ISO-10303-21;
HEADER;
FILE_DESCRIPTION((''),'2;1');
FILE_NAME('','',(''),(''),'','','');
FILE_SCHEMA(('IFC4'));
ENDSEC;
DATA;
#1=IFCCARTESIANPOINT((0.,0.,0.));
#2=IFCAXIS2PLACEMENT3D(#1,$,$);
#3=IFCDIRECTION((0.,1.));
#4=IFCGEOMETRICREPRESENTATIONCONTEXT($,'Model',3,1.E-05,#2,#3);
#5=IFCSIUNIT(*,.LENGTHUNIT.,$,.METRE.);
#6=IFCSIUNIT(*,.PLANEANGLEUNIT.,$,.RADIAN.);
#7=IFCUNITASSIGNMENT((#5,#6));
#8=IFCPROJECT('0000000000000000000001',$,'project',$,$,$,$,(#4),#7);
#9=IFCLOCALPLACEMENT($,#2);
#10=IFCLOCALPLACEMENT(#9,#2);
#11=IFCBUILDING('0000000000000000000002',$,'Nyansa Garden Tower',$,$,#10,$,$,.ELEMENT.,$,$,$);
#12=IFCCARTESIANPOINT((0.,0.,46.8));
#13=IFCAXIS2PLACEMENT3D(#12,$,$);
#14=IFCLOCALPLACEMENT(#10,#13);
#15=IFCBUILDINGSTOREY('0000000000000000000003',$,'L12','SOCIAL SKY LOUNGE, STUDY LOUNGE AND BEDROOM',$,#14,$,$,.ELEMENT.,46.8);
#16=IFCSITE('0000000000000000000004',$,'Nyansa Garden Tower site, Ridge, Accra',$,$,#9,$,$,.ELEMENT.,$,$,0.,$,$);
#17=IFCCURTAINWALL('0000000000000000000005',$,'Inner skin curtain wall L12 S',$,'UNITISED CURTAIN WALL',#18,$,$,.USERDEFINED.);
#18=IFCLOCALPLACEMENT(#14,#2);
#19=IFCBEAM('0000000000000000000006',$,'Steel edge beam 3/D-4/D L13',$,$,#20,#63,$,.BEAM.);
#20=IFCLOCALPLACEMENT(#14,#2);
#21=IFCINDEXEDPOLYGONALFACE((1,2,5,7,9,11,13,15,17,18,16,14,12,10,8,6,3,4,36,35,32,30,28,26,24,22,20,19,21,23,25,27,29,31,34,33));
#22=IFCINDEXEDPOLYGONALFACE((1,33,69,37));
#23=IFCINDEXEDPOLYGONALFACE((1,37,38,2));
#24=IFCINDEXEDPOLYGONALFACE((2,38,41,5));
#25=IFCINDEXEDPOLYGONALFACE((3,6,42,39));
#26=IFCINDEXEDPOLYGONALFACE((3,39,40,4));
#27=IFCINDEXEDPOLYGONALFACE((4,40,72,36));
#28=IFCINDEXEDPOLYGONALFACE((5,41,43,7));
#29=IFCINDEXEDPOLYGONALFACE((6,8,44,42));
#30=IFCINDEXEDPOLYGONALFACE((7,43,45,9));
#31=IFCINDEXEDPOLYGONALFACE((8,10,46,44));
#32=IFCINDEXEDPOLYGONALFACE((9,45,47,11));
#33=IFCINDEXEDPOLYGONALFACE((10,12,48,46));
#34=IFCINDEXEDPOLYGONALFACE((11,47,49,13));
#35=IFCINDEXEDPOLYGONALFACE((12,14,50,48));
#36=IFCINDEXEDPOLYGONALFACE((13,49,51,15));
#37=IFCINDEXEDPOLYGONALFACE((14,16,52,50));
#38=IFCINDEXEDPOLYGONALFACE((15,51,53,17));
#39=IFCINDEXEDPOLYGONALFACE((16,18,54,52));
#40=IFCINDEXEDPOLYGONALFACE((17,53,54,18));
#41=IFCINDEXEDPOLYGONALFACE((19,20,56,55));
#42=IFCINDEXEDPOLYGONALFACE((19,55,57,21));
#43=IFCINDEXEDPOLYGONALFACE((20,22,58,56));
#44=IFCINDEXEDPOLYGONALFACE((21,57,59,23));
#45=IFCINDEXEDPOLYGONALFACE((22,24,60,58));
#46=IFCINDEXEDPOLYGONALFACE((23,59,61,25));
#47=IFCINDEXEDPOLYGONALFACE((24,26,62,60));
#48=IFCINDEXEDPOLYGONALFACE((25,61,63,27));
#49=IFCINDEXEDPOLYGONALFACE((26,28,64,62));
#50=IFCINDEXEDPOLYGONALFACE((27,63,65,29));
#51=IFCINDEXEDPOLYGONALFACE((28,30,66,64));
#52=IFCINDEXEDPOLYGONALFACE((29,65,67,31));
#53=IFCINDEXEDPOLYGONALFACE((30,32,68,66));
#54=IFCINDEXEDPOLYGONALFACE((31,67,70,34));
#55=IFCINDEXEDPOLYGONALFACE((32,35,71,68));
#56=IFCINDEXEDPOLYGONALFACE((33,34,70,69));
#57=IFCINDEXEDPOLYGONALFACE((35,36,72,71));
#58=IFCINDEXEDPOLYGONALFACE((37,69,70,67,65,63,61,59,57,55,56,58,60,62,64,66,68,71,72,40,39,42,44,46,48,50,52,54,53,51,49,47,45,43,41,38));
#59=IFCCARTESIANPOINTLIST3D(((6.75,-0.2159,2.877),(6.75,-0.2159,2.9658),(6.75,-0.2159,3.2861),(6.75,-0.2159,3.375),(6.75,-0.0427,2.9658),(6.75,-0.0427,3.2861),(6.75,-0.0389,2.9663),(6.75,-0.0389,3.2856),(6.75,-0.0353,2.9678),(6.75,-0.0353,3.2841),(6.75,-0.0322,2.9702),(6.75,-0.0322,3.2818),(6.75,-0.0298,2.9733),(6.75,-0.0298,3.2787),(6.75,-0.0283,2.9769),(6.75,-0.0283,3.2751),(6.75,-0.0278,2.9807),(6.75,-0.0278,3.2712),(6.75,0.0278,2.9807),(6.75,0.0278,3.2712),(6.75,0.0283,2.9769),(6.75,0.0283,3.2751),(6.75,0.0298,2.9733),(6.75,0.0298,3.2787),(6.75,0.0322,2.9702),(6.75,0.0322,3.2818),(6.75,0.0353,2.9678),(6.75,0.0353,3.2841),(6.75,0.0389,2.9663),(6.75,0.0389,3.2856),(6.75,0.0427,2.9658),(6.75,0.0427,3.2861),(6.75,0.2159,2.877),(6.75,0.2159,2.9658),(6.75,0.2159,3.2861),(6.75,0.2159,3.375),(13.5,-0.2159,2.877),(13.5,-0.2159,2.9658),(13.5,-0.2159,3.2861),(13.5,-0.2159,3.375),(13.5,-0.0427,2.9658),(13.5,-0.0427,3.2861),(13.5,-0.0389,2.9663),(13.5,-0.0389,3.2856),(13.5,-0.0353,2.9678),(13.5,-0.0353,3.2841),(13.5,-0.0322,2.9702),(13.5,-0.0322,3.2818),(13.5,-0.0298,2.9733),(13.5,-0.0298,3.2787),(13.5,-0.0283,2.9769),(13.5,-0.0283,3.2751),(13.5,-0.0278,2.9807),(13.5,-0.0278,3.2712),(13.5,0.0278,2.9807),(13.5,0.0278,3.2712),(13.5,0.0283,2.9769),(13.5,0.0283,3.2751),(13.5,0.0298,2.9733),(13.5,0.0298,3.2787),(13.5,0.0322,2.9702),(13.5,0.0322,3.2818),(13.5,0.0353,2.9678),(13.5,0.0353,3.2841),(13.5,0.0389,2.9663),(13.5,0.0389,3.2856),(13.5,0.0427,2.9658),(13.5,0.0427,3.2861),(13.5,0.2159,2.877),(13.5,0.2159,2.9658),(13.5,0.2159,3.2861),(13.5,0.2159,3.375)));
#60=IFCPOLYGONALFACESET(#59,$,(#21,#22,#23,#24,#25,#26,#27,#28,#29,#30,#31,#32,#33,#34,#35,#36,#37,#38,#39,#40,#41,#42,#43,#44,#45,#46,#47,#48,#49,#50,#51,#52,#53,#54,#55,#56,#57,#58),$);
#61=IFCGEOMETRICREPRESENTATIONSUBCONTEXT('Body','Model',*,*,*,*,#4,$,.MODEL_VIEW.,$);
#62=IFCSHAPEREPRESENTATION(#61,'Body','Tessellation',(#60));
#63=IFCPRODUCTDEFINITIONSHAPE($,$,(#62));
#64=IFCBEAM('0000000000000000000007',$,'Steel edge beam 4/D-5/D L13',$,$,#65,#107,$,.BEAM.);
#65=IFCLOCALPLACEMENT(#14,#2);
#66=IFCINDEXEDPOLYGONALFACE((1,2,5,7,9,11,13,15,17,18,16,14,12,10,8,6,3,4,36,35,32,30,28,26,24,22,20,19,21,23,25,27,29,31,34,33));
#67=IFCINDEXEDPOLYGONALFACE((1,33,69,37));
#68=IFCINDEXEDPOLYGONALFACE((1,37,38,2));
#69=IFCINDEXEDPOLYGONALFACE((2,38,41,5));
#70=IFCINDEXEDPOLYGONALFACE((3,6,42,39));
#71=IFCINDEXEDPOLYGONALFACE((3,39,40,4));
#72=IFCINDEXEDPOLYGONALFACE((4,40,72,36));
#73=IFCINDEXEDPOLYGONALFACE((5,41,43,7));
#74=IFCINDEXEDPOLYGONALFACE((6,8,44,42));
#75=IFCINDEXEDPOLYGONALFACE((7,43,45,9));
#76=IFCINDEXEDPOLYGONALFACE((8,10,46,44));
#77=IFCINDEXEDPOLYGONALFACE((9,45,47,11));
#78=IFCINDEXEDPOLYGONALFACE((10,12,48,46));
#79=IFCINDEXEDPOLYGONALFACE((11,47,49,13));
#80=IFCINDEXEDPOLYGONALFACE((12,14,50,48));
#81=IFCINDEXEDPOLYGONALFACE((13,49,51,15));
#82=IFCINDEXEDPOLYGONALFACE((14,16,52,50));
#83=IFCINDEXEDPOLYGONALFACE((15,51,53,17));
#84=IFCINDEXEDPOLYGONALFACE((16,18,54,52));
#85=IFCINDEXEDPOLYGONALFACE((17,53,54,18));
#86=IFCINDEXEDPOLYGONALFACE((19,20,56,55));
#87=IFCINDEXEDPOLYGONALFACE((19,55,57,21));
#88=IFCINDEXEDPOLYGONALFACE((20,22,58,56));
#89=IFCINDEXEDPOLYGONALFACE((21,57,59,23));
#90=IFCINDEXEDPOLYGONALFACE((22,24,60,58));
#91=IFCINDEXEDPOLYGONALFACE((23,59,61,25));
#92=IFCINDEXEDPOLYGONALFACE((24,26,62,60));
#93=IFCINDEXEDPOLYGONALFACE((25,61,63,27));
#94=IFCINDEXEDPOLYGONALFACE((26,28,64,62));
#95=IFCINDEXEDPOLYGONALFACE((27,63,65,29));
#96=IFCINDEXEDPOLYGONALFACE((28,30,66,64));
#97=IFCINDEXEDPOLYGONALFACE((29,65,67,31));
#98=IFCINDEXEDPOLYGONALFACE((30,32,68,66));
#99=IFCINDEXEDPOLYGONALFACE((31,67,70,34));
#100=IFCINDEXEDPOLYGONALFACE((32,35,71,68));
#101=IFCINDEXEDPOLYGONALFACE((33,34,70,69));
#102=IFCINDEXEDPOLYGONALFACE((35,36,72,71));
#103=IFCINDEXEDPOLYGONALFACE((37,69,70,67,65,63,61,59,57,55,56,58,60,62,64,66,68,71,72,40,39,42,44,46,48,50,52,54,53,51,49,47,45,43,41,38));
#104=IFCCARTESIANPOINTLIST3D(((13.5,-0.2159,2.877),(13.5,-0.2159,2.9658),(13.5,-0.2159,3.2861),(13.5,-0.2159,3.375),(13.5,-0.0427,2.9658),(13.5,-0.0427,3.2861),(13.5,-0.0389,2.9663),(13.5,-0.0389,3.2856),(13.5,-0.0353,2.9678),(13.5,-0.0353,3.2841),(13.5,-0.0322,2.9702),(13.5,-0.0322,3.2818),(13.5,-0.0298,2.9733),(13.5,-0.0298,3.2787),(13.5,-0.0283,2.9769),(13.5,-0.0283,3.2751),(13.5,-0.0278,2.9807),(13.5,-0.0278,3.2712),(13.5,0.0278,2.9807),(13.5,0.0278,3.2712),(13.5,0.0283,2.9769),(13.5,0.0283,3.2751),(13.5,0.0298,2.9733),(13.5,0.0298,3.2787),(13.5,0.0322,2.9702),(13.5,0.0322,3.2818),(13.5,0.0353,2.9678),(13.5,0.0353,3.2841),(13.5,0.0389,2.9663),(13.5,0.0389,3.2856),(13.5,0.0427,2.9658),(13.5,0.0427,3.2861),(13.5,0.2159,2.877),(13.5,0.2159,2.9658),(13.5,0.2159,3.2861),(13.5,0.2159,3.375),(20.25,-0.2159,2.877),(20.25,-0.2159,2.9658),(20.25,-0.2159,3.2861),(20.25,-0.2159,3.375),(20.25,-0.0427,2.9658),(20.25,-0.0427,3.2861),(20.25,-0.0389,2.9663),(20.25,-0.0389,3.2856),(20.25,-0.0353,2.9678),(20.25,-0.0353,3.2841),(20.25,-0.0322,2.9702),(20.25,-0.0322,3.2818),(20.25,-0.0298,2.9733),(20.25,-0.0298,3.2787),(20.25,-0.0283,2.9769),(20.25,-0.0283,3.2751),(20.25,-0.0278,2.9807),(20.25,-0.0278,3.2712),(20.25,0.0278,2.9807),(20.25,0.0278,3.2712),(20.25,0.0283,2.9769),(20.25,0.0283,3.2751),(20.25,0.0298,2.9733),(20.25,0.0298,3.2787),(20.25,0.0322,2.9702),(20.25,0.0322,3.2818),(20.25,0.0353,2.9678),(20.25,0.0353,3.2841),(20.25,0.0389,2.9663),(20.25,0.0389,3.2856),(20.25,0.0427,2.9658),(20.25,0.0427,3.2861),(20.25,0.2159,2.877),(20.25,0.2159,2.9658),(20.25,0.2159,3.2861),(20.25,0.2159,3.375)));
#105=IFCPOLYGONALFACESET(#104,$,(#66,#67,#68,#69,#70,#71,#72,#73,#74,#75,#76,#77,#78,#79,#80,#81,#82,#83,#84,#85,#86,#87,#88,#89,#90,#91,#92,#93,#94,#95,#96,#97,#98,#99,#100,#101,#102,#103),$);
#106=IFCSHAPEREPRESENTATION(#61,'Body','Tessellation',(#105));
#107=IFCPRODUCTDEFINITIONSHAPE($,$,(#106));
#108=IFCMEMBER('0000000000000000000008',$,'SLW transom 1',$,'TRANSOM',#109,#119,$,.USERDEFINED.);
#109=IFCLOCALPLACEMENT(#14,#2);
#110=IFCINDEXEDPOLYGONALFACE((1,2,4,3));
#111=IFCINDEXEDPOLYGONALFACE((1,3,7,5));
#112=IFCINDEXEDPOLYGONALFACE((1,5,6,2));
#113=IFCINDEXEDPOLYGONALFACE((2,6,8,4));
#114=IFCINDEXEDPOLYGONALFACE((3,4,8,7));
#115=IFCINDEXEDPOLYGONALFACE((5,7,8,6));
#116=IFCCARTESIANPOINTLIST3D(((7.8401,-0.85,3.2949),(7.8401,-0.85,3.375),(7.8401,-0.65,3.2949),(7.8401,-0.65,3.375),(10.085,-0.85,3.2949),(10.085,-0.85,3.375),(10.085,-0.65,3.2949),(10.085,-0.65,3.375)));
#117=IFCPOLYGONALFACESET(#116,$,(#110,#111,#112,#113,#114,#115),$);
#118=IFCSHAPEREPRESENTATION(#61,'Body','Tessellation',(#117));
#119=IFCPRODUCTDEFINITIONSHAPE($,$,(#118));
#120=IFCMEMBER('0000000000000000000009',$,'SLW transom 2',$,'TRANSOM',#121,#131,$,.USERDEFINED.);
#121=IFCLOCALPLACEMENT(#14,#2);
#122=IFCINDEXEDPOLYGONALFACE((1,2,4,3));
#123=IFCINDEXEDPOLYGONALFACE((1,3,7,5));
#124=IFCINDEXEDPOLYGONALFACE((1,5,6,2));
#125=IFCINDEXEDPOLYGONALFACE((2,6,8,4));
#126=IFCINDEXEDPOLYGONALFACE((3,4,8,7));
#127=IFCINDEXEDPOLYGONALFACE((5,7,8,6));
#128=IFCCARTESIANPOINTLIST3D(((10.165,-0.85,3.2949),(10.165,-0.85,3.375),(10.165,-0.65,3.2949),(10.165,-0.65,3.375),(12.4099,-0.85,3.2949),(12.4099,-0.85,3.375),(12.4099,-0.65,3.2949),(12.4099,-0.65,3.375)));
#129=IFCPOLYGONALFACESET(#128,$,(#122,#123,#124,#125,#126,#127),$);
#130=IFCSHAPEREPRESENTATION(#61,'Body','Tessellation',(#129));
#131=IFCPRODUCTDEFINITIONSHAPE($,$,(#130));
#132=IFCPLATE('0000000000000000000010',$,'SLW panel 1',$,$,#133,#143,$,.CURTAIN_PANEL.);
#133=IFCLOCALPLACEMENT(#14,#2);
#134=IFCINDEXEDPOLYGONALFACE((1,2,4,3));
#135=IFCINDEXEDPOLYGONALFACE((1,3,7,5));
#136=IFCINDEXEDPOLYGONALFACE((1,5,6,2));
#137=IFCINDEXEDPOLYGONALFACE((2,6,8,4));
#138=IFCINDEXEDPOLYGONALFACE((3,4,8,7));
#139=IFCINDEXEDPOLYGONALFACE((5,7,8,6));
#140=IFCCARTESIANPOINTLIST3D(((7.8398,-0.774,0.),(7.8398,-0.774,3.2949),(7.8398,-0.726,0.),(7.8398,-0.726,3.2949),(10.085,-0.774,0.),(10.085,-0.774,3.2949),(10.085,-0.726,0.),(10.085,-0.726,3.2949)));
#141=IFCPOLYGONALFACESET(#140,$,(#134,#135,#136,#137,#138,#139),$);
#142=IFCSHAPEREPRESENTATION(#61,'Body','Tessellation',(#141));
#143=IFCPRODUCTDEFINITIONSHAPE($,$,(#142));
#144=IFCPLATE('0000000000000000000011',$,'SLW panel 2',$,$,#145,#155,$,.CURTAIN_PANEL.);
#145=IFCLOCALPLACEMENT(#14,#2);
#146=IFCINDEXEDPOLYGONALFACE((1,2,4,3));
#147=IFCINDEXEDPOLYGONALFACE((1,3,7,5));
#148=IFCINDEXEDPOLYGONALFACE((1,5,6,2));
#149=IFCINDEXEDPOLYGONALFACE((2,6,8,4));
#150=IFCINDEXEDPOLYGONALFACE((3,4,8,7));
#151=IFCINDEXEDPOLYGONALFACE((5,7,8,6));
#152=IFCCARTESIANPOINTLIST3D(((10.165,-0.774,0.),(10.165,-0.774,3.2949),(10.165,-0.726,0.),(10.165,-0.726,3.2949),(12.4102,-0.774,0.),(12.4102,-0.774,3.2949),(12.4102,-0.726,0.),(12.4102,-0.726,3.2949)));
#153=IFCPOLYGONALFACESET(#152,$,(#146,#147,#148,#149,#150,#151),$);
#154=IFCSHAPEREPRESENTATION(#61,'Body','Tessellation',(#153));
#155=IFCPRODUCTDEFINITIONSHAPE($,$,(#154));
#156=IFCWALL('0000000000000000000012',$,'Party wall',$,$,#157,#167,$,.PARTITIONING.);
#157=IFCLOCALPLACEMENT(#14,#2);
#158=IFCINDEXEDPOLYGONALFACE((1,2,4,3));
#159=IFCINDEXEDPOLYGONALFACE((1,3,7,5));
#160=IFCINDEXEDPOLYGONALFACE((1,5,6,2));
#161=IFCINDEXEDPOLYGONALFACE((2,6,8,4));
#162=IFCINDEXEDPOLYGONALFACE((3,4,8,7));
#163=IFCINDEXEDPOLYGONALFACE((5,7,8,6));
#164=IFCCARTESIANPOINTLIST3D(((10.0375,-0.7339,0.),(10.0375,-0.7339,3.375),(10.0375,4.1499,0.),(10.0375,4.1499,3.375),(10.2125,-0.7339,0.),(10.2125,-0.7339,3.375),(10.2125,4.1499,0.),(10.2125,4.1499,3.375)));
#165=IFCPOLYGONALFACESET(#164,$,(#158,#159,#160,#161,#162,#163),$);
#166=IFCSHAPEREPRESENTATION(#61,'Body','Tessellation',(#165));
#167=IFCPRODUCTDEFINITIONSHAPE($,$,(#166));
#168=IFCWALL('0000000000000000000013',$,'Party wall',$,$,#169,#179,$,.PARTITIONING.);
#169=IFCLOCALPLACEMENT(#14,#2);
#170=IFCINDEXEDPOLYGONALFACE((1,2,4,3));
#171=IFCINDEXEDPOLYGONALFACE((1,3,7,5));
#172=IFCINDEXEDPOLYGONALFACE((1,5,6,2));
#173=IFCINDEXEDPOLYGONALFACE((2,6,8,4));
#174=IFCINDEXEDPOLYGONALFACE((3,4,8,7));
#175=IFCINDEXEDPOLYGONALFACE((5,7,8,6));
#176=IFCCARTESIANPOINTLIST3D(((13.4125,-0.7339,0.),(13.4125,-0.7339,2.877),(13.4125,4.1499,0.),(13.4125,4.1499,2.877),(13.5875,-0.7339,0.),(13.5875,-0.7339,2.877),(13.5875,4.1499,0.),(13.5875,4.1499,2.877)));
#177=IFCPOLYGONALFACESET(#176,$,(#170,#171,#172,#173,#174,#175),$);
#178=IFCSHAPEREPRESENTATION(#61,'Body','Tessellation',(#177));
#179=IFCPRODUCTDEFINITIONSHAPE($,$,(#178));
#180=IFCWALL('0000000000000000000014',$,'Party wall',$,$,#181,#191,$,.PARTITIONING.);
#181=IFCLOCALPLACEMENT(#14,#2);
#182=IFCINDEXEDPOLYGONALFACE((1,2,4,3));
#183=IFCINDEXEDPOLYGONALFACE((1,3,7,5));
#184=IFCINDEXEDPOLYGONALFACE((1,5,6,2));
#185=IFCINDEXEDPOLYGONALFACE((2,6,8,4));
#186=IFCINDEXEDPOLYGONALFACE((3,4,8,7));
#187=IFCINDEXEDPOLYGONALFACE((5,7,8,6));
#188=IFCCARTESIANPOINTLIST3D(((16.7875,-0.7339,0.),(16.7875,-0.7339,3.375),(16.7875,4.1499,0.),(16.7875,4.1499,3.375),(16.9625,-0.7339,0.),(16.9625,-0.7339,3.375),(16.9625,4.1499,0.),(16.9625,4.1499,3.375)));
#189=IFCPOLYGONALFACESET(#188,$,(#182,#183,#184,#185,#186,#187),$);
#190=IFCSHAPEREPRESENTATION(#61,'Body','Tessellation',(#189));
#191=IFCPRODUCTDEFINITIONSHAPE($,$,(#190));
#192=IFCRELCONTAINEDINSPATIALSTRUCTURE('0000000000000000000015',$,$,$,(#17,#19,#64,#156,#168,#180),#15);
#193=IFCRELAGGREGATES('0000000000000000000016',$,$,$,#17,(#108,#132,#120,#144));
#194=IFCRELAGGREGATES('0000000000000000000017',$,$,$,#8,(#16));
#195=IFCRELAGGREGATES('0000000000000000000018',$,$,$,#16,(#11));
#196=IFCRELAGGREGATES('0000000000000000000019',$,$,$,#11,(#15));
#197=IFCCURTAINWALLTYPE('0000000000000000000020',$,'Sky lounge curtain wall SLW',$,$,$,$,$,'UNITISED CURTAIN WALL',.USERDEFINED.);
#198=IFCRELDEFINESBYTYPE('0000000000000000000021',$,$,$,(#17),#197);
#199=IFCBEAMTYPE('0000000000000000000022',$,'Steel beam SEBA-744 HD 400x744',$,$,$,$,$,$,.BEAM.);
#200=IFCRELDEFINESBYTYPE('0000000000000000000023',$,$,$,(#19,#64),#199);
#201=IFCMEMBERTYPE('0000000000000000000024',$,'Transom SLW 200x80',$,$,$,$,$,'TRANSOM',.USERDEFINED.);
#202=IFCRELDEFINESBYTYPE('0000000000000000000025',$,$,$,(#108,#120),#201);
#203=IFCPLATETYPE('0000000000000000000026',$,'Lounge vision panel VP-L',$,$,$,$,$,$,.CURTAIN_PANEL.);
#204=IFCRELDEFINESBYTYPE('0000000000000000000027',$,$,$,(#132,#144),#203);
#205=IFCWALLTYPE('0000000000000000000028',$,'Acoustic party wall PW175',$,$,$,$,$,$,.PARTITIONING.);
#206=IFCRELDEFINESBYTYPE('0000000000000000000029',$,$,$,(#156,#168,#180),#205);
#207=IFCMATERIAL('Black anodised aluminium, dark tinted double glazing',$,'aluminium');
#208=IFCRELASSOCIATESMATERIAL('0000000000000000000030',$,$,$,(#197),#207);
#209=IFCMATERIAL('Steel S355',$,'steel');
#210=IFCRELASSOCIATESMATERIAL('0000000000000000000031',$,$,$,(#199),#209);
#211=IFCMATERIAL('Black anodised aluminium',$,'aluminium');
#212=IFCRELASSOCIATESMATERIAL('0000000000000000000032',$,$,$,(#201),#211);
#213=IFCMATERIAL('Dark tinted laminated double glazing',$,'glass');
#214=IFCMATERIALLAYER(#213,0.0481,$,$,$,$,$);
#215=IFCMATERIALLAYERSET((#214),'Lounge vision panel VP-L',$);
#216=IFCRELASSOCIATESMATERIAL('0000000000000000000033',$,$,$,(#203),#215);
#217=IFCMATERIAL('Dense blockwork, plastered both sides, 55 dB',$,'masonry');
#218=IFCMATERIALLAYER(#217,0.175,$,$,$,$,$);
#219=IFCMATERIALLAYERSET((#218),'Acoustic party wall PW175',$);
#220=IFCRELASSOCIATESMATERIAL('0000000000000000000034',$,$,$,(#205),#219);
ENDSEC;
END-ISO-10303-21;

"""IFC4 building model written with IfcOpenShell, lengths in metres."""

from ifc_helpers import new_model, si_unit, direction, frame, frame_2d, origin, origin_2d, place, context, subcontext, project, spatial, rectangle, i_section, extrude, material, layer, layer_set, material_profile, profile_set, type_object, element, aggregate, save


model = new_model("IFC4")

# Units and contexts
model_context = context("Model", 3, precision=1e-05, world=origin(), true_north=direction((0.0, 1.0)))
body_context = subcontext(model_context, "Body", "Model", "MODEL_VIEW")
ifc_project = project(units=[si_unit("LENGTHUNIT", "METRE"), si_unit("PLANEANGLEUNIT", "RADIAN")], contexts=[model_context])

# Site, building, storey
site_placement = place(None, origin())
site = spatial("IfcSite", under=ifc_project, at=site_placement, Name="Nyansa Garden Tower site, Ridge, Accra", CompositionType="ELEMENT", RefElevation=0.0)
building_placement = place(site_placement, origin())
building = spatial("IfcBuilding", under=site, at=building_placement, Name="Nyansa Garden Tower", CompositionType="ELEMENT")
storey_placement = place(building_placement, frame((0.0, 0.0, 46.8)))
storey = spatial("IfcBuildingStorey", under=building, at=storey_placement, Name="L12", Description="SOCIAL SKY LOUNGE, STUDY LOUNGE AND BEDROOM", CompositionType="ELEMENT", Elevation=46.8)

# Curtain wall
ifc_material_1 = material(Name="Black anodised aluminium, dark tinted double glazing", Category="aluminium")
curtain_wall_type = type_object("IfcCurtainWallType", Name="Sky lounge curtain wall SLW", ElementType="UNITISED CURTAIN WALL", PredefinedType="USERDEFINED", material=ifc_material_1)
curtain_wall_placement = place(storey_placement, origin())
curtain_wall = element("IfcCurtainWall", 1, at=curtain_wall_placement, inside=storey, type_object=curtain_wall_type, Name="Inner skin curtain wall L12 S", ObjectType="UNITISED CURTAIN WALL", PredefinedType="USERDEFINED")

# Beams
ifc_material_2 = material(Name="Steel S355", Category="steel")
ifc_material_profile_1 = material_profile(ifc_material_2, i_section(OverallWidth=0.4319, OverallDepth=0.498, WebThickness=0.0557, FlangeThickness=0.0889, FilletRadius=0.0149, at=origin_2d()), Name="HD 400x744")
ifc_profile_set_1 = profile_set([ifc_material_profile_1], Name="Steel S355")
beam_type_1 = type_object("IfcBeamType", Name="Steel beam SEBA-744 HD 400x744", PredefinedType="BEAM", material=ifc_profile_set_1)
for number, where, z_axis, x_axis, name in (
    (2, (6.75, 0.0, 3.126), (1.0, 0.0, 0.0), (0.0, 1.0, 0.0), "Steel edge beam 3/D-4/D L13"),
    (3, (13.5, 0.0, 3.126), (1.0, 0.0, 0.0), (0.0, 1.0, 0.0), "Steel edge beam 4/D-5/D L13"),
):
    element("IfcBeam", number, at=place(storey_placement, frame(where, z_axis=z_axis, x_axis=x_axis)), inside=storey, type_object=beam_type_1, Name=name, PredefinedType="BEAM", context=body_context, shape_type="SweptSolid", body=[
        extrude(i_section(OverallWidth=0.4319, OverallDepth=0.498, WebThickness=0.0557, FlangeThickness=0.0889, FilletRadius=0.0149, at=origin_2d()), origin(), (0.0, 0.0, 1.0), 6.75),
    ])

# Members
ifc_material_3 = material(Name="Black anodised aluminium", Category="aluminium")
ifc_material_profile_2 = material_profile(ifc_material_3, rectangle(XDim=0.2, YDim=0.0801, at=origin_2d()), Name="Transom 200x80")
ifc_profile_set_2 = profile_set([ifc_material_profile_2], Name="Black anodised aluminium")
member_type_1 = type_object("IfcMemberType", Name="Transom SLW 200x80", ElementType="TRANSOM", PredefinedType="USERDEFINED", material=ifc_profile_set_2)
member_1_placement = place(storey_placement, frame((7.8401, -0.75, 3.335), z_axis=(1.0, 0.0, 0.0), x_axis=(0.0, 1.0, 0.0)))
member_1 = element("IfcMember", 4, at=member_1_placement, type_object=member_type_1, Name="SLW transom 1", ObjectType="TRANSOM", PredefinedType="USERDEFINED", context=body_context, shape_type="SweptSolid", body=[
    extrude(rectangle(XDim=0.2, YDim=0.0801, at=origin_2d()), origin(), (0.0, 0.0, 1.0), 2.2449),
])
member_2_placement = place(storey_placement, frame((10.165, -0.75, 3.335), z_axis=(1.0, 0.0, 0.0), x_axis=(0.0, 1.0, 0.0)))
member_2 = element("IfcMember", 5, at=member_2_placement, type_object=member_type_1, Name="SLW transom 2", ObjectType="TRANSOM", PredefinedType="USERDEFINED", context=body_context, shape_type="SweptSolid", body=[
    extrude(rectangle(XDim=0.2, YDim=0.0801, at=origin_2d()), origin(), (0.0, 0.0, 1.0), 2.2449),
])

# Plates
ifc_material_4 = material(Name="Dark tinted laminated double glazing", Category="glass")
ifc_layer_1 = layer(ifc_material_4, 0.0481)
ifc_layer_set_1 = layer_set([ifc_layer_1], Name="Lounge vision panel VP-L")
plate_type = type_object("IfcPlateType", Name="Lounge vision panel VP-L", PredefinedType="CURTAIN_PANEL", material=ifc_layer_set_1)
plate_1_placement = place(storey_placement, frame((8.9624, -0.75, 0.0), z_axis=(0.0, 0.0, 1.0), x_axis=(1.0, 0.0, 0.0)))
plate_1 = element("IfcPlate", 6, at=plate_1_placement, type_object=plate_type, Name="SLW panel 1", PredefinedType="CURTAIN_PANEL", context=body_context, shape_type="SweptSolid", body=[
    extrude(rectangle(XDim=2.2451, YDim=0.0481, at=origin_2d()), origin(), (0.0, 0.0, 1.0), 3.2949),
])
plate_2_placement = place(storey_placement, frame((11.2876, -0.75, 0.0), z_axis=(0.0, 0.0, 1.0), x_axis=(1.0, 0.0, 0.0)))
plate_2 = element("IfcPlate", 7, at=plate_2_placement, type_object=plate_type, Name="SLW panel 2", PredefinedType="CURTAIN_PANEL", context=body_context, shape_type="SweptSolid", body=[
    extrude(rectangle(XDim=2.2451, YDim=0.0481, at=origin_2d()), origin(), (0.0, 0.0, 1.0), 3.2949),
])
aggregate(curtain_wall, [member_1, plate_1, member_2, plate_2])

# Walls
ifc_material_5 = material(Name="Dense blockwork, plastered both sides, 55 dB", Category="masonry")
ifc_layer_2 = layer(ifc_material_5, 0.175)
ifc_layer_set_2 = layer_set([ifc_layer_2], Name="Acoustic party wall PW175")
wall_type_1 = type_object("IfcWallType", Name="Acoustic party wall PW175", PredefinedType="PARTITIONING", material=ifc_layer_set_2)
wall_1_placement = place(storey_placement, frame((10.125, -0.7339, 0.0), z_axis=(0.0, 0.0, 1.0), x_axis=(0.0, 1.0, 0.0)))
element("IfcWall", 8, at=wall_1_placement, inside=storey, type_object=wall_type_1, Name="Party wall", PredefinedType="PARTITIONING", context=body_context, shape_type="SweptSolid", body=[
    extrude(rectangle(XDim=4.8838, YDim=0.175, at=frame_2d((2.4419, 0.0))), origin(), (0.0, 0.0, 1.0), 3.375),
])
wall_2_placement = place(storey_placement, frame((13.5, -0.7339, 0.0), z_axis=(0.0, 0.0, 1.0), x_axis=(0.0, 1.0, 0.0)))
element("IfcWall", 9, at=wall_2_placement, inside=storey, type_object=wall_type_1, Name="Party wall", PredefinedType="PARTITIONING", context=body_context, shape_type="SweptSolid", body=[
    extrude(rectangle(XDim=4.8838, YDim=0.175, at=frame_2d((2.4419, 0.0))), origin(), (0.0, 0.0, 1.0), 2.877),
])
wall_3_placement = place(storey_placement, frame((16.875, -0.7339, 0.0), z_axis=(0.0, 0.0, 1.0), x_axis=(0.0, 1.0, 0.0)))
element("IfcWall", 10, at=wall_3_placement, inside=storey, type_object=wall_type_1, Name="Party wall", PredefinedType="PARTITIONING", context=body_context, shape_type="SweptSolid", body=[
    extrude(rectangle(XDim=4.8838, YDim=0.175, at=frame_2d((2.4419, 0.0))), origin(), (0.0, 0.0, 1.0), 3.375),
])

save(model, "model.ifc")
